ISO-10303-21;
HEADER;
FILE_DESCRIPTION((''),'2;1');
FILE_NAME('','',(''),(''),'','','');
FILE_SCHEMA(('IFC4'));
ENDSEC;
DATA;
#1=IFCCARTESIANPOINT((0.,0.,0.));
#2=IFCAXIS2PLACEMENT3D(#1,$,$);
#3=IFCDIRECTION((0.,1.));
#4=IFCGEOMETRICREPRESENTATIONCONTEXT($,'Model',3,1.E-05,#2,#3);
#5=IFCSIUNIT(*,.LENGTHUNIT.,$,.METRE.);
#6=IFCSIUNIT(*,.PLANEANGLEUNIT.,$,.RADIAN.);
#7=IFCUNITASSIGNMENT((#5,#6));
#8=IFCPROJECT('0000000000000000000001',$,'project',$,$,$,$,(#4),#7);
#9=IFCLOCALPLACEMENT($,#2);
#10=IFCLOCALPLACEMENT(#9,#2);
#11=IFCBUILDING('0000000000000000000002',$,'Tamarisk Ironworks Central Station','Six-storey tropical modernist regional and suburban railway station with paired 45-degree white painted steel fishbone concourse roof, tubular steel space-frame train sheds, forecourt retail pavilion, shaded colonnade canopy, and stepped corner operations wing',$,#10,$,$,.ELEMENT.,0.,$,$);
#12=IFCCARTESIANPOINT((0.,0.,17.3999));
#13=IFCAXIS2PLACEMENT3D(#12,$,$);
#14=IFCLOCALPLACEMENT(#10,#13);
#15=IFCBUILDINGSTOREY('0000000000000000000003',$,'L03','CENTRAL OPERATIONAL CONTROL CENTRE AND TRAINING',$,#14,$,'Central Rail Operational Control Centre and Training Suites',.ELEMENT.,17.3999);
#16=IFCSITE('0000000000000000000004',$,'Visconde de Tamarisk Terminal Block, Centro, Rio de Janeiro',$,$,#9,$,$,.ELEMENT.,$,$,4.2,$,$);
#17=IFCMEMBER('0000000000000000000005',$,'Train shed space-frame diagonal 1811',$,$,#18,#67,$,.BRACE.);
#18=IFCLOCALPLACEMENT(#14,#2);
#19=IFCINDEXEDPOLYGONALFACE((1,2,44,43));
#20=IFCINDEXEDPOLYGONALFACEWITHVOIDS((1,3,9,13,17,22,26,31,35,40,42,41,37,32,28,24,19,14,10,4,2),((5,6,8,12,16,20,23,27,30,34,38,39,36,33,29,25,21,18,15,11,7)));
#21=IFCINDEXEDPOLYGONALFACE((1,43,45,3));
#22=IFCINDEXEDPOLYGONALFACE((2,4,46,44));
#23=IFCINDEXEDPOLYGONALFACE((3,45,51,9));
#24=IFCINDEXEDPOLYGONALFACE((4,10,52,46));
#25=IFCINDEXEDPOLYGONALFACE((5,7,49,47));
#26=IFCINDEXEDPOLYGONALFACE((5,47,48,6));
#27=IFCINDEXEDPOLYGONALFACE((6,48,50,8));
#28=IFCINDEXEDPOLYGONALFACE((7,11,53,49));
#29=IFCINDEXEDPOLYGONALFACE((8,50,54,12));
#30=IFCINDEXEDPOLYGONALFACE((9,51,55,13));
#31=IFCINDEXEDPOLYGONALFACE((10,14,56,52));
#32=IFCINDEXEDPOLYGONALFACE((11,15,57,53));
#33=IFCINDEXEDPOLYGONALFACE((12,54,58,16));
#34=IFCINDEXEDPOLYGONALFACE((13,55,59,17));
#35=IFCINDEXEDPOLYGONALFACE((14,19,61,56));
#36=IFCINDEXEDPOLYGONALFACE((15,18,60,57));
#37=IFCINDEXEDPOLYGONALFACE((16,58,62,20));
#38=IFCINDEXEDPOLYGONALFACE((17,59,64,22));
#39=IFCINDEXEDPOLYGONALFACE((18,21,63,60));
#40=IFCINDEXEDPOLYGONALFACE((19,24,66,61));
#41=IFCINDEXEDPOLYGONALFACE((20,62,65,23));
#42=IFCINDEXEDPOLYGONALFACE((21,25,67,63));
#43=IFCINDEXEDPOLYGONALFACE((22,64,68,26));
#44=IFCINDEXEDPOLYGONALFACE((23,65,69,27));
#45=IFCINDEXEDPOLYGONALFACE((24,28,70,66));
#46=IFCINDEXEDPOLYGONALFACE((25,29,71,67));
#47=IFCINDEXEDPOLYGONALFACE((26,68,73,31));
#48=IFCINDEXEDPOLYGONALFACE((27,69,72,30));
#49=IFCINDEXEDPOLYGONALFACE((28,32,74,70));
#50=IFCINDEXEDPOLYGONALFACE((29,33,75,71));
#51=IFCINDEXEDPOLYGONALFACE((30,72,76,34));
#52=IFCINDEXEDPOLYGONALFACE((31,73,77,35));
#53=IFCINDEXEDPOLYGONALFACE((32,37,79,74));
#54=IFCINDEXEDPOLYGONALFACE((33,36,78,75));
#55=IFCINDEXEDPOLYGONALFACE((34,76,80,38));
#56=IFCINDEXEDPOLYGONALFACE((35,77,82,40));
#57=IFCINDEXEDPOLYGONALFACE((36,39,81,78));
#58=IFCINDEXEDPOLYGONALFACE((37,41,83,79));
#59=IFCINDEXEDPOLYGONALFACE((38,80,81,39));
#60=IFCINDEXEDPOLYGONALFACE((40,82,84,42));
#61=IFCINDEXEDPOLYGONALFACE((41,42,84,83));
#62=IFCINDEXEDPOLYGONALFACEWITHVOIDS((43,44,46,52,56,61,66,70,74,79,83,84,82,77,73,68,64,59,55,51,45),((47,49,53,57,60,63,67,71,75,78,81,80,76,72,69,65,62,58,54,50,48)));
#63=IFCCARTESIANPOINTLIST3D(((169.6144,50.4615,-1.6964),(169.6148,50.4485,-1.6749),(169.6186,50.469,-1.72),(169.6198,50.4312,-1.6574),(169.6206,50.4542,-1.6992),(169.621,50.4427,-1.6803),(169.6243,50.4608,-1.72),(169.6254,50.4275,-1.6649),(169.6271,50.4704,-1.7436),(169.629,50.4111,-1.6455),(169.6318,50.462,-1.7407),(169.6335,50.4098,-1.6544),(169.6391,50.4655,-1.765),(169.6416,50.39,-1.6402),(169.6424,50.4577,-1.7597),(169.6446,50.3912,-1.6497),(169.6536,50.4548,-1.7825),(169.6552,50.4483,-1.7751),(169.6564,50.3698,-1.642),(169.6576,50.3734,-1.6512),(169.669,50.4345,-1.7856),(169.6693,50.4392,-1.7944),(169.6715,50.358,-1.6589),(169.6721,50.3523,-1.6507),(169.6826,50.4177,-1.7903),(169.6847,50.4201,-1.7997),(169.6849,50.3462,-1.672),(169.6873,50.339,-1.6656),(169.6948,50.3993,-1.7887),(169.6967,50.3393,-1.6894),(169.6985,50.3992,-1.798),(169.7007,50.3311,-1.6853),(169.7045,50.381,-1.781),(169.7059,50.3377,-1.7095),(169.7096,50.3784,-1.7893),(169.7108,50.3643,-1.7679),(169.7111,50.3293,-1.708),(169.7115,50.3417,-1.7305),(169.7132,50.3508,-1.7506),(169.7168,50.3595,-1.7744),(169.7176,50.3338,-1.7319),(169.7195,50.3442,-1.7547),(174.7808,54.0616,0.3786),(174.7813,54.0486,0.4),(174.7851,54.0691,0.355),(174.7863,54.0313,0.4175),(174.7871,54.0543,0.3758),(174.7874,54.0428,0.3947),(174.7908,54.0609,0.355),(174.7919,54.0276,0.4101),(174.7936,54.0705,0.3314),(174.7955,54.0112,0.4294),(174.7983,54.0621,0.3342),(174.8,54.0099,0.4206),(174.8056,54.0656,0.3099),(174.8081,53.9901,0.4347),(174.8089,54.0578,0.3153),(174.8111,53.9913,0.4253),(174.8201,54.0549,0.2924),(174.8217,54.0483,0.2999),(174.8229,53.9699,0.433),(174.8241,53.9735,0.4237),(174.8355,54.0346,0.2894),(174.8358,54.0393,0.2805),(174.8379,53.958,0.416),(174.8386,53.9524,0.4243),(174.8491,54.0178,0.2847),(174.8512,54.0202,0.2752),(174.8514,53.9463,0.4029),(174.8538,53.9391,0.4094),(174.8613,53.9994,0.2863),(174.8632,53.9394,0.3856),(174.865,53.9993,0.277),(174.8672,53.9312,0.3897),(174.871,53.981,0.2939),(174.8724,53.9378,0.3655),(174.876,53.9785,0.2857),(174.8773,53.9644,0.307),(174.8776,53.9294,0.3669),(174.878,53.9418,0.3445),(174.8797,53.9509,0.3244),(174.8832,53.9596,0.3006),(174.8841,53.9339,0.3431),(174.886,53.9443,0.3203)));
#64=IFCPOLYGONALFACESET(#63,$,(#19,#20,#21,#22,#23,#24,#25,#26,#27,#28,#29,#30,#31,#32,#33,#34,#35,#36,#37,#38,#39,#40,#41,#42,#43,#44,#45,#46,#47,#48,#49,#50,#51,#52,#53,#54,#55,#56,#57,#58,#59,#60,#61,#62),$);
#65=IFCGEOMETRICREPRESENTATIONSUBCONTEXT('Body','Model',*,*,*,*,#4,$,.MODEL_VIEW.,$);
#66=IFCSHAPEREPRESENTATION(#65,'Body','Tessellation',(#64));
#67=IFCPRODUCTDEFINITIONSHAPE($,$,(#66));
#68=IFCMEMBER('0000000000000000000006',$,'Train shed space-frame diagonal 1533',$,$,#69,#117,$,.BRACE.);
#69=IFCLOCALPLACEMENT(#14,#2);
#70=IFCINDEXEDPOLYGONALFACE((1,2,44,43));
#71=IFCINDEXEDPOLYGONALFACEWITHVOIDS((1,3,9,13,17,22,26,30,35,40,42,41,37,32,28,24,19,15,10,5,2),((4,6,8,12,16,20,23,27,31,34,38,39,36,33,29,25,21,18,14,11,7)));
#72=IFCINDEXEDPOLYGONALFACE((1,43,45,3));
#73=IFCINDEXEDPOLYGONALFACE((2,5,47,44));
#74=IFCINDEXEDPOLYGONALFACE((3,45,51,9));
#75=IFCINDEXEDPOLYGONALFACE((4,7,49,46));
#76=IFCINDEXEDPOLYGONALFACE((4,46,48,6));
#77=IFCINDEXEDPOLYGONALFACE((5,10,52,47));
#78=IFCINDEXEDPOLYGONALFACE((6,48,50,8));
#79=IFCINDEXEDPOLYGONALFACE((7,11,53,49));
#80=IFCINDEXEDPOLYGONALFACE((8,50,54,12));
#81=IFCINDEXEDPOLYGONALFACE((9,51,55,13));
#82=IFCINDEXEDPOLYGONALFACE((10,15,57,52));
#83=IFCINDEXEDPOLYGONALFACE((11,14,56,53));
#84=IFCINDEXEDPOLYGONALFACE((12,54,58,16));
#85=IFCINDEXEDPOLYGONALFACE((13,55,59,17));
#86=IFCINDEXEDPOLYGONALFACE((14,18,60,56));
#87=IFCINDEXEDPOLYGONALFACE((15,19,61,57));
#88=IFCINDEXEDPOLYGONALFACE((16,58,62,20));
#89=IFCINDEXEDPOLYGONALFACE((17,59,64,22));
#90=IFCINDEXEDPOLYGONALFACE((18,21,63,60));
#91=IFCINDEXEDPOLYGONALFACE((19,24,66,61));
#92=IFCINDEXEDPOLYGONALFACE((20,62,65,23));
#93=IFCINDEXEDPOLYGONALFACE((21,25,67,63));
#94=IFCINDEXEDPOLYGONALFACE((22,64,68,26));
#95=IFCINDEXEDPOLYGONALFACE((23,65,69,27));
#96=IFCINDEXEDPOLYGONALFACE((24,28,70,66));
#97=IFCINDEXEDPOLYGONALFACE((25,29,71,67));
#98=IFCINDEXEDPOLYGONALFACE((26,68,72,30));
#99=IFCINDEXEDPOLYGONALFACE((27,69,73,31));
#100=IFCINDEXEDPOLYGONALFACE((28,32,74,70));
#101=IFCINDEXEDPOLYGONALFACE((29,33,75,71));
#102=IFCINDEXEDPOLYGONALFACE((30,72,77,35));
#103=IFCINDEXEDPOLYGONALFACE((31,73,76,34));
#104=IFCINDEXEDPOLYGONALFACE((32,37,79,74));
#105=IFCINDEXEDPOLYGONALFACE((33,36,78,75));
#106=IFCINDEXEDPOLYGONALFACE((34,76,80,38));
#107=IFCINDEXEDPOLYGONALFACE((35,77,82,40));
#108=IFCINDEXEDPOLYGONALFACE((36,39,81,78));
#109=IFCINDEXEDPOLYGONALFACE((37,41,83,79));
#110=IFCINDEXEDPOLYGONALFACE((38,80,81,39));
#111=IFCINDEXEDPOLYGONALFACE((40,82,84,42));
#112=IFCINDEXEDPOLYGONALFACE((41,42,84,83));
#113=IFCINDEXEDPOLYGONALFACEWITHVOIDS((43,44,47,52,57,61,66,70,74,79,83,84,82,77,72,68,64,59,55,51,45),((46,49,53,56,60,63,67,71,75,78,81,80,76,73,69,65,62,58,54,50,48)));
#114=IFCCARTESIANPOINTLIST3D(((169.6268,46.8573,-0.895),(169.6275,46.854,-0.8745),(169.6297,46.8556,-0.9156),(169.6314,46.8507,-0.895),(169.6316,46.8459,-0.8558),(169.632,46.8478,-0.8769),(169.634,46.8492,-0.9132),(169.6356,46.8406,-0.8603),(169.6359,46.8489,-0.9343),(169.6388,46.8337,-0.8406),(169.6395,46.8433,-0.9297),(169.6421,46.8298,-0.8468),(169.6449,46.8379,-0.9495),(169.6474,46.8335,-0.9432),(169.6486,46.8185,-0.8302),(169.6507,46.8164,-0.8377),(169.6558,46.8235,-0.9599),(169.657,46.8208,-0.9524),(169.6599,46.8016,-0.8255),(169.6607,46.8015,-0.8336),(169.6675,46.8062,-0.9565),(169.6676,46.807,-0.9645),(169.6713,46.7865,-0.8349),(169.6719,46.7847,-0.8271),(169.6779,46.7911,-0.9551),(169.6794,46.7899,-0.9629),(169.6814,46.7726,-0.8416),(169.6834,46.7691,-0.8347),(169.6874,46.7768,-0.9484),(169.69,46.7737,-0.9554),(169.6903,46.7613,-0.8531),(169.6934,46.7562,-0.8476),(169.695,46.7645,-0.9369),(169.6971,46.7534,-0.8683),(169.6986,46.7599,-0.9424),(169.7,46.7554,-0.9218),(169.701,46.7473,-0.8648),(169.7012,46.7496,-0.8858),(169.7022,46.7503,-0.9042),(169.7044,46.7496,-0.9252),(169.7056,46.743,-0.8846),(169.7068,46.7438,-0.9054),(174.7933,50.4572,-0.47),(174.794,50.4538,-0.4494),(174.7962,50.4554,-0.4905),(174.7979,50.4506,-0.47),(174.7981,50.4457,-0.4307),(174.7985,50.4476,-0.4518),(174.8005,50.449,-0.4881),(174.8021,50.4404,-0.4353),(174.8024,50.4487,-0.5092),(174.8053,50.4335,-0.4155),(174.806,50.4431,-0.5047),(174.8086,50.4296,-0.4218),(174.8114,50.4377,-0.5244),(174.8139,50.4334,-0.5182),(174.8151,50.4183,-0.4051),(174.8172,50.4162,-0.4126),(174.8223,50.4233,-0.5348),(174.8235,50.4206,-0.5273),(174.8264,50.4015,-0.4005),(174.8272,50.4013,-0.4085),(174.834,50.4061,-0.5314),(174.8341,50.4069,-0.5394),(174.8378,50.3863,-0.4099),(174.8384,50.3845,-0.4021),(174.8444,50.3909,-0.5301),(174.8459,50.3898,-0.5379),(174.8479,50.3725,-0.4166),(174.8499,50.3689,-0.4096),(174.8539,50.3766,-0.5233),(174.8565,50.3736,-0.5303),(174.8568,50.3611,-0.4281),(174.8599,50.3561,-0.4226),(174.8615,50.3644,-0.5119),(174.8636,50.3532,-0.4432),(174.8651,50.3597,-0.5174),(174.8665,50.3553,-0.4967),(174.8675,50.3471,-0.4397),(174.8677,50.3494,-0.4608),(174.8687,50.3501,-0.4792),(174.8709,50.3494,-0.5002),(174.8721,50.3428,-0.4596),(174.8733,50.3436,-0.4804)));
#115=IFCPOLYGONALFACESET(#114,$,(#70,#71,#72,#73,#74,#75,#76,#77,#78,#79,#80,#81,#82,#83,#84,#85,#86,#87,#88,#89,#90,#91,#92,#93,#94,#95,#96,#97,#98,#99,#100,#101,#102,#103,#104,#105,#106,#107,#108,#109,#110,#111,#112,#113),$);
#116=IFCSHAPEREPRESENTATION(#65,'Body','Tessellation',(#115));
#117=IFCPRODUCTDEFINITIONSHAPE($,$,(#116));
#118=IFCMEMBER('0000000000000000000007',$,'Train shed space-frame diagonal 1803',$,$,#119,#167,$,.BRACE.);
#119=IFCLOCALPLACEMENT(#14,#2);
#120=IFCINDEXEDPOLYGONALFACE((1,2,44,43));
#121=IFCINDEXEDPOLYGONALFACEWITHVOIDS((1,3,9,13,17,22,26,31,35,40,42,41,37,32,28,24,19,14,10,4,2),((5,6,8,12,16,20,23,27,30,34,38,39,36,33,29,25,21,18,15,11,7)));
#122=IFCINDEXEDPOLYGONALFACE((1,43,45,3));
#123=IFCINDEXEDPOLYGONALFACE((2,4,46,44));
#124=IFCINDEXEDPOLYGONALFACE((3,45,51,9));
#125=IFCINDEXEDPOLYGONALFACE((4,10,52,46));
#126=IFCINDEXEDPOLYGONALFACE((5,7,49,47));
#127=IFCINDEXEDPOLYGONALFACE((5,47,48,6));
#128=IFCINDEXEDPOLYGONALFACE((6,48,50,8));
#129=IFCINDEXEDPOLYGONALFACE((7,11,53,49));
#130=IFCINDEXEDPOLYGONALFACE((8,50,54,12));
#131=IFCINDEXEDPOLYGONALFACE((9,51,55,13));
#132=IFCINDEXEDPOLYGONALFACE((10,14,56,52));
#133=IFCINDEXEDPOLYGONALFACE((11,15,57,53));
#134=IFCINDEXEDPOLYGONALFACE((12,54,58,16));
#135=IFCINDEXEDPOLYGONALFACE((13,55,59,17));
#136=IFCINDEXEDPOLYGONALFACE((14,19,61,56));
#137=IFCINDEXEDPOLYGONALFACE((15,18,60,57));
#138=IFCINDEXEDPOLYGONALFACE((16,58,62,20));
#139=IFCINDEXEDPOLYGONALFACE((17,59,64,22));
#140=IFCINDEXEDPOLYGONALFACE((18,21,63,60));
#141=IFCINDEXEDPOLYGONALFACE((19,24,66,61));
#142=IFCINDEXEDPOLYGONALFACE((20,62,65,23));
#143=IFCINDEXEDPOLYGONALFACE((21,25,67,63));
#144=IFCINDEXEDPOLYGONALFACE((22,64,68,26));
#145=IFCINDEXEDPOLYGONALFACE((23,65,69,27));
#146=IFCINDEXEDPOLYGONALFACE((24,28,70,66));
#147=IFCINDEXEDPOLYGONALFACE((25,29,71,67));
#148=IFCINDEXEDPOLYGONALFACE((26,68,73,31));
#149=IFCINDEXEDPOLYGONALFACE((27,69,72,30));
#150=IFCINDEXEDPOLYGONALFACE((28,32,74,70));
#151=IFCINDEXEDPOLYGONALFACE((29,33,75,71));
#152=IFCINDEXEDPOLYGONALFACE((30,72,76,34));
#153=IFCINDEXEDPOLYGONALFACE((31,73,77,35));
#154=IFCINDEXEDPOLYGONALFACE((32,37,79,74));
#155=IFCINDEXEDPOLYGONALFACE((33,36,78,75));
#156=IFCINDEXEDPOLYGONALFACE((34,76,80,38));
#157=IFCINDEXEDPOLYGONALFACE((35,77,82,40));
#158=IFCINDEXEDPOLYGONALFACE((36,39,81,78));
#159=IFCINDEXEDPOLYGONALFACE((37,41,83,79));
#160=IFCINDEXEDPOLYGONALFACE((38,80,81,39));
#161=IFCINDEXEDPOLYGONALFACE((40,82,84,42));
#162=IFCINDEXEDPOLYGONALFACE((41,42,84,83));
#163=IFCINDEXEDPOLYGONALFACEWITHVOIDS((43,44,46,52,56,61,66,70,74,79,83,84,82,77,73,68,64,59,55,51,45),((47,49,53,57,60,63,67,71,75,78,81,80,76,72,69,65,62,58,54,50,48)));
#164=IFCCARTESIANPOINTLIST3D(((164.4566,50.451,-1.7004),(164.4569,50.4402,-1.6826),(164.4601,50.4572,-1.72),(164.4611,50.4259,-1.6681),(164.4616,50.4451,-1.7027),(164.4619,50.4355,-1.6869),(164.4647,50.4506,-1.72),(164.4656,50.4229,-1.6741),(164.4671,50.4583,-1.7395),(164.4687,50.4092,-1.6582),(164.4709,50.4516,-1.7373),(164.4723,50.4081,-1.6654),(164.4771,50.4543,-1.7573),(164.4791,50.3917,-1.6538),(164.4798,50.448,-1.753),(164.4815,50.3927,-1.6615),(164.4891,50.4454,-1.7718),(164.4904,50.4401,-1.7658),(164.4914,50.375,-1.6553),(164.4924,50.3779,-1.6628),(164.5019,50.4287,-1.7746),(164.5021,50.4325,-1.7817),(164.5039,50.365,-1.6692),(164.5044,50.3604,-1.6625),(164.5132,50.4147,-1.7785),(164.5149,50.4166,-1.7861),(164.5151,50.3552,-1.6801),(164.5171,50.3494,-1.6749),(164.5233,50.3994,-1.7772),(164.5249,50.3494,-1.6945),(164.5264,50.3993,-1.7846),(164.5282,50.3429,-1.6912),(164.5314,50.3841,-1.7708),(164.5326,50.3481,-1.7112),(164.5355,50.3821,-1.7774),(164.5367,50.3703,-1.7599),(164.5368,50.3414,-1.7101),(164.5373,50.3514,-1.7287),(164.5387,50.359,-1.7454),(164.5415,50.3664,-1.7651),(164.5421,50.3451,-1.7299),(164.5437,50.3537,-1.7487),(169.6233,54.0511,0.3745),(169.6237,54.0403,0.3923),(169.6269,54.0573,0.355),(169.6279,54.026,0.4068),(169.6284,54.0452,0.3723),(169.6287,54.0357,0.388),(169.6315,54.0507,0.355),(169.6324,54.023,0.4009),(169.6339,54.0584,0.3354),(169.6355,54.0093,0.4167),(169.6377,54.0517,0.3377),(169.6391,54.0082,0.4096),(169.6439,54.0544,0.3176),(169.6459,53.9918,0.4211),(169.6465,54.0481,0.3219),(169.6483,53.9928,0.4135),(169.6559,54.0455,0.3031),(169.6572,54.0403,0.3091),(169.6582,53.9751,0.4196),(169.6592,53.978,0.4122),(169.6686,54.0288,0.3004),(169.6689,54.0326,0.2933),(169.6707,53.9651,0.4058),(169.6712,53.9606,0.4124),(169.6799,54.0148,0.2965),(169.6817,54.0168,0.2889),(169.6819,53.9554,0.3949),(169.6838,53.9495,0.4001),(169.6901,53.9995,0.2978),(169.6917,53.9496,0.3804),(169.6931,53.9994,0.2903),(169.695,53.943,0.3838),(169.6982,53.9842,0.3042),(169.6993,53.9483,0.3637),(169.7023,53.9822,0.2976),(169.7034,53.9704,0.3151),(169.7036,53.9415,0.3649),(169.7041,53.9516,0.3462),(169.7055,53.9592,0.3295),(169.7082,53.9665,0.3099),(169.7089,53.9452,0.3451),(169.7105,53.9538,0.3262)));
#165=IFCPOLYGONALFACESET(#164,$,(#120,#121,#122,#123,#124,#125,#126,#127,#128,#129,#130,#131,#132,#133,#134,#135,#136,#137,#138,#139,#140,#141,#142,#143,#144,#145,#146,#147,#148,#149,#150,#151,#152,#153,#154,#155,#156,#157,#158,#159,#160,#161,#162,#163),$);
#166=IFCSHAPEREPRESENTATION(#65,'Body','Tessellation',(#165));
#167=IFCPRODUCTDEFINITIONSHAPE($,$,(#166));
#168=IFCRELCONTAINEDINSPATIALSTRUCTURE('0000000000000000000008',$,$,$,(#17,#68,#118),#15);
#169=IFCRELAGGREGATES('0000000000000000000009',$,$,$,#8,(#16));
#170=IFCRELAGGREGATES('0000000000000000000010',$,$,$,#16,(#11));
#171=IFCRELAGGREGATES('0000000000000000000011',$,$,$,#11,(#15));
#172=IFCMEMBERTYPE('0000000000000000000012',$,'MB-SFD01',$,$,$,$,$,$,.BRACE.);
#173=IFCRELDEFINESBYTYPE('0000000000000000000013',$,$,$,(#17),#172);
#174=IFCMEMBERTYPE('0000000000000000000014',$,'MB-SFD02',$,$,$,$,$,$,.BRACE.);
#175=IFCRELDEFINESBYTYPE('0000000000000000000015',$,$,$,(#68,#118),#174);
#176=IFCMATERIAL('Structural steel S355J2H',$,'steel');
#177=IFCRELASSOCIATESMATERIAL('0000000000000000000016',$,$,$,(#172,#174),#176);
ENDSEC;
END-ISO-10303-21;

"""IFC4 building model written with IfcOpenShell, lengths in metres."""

from ifc_helpers import new_model, si_unit, direction, frame, origin, origin_2d, place, context, subcontext, project, spatial, hollow_circle, extrude, material, material_profile, profile_set, type_object, element, save


model = new_model("IFC4")

# Units and contexts
model_context = context("Model", 3, precision=1e-05, world=origin(), true_north=direction((0.0, 1.0)))
body_context = subcontext(model_context, "Body", "Model", "MODEL_VIEW")
ifc_project = project(units=[si_unit("LENGTHUNIT", "METRE"), si_unit("PLANEANGLEUNIT", "RADIAN")], contexts=[model_context])

# Site, building, storey
site_placement = place(None, origin())
site = spatial("IfcSite", under=ifc_project, at=site_placement, Name="Visconde de Tamarisk Terminal Block, Centro, Rio de Janeiro", CompositionType="ELEMENT", RefElevation=4.2)
building_placement = place(site_placement, origin())
building = spatial("IfcBuilding", under=site, at=building_placement, Name="Tamarisk Ironworks Central Station", Description="Six-storey tropical modernist regional and suburban railway station with paired 45-degree white painted steel fishbone concourse roof, tubular steel space-frame train sheds, forecourt retail pavilion, shaded colonnade canopy, and stepped corner operations wing", CompositionType="ELEMENT", ElevationOfRefHeight=0.0)
storey_placement = place(building_placement, frame((0.0, 0.0, 17.3999)))
storey = spatial("IfcBuildingStorey", under=building, at=storey_placement, Name="L03", Description="CENTRAL OPERATIONAL CONTROL CENTRE AND TRAINING", LongName="Central Rail Operational Control Centre and Training Suites", CompositionType="ELEMENT", Elevation=17.3999)

# Members
ifc_material_1 = material(Name="Structural steel S355J2H", Category="steel")
ifc_material_profile_1 = material_profile(ifc_material_1, hollow_circle(Radius=0.0842, WallThickness=0.01, at=origin_2d()), Name="CHS 168.3x10")
ifc_profile_set_1 = profile_set([ifc_material_profile_1], Name="Structural steel S355J2H")
member_type_1 = type_object("IfcMemberType", Name="MB-SFD01", PredefinedType="BRACE", material=ifc_profile_set_1)
member_1_placement = place(storey_placement, frame((169.6667, 50.3999, -1.72), z_axis=(0.779244, 0.542989, 0.312957), x_axis=(-0.571707, 0.820458, 0.0)))
element("IfcMember", 1, at=member_1_placement, inside=storey, type_object=member_type_1, Name="Train shed space-frame diagonal 1811", PredefinedType="BRACE", context=body_context, shape_type="SweptSolid", body=[
    extrude(hollow_circle(Radius=0.0842, WallThickness=0.01, at=origin_2d()), origin(), (0.0, 0.0, 1.0), 6.6301),
])
ifc_material_profile_2 = material_profile(ifc_material_1, hollow_circle(Radius=0.0698, WallThickness=0.0081, at=origin_2d()), Name="CHS 139.7x8")
ifc_profile_set_2 = profile_set([ifc_material_profile_2], Name="Structural steel S355J2H")
member_type_2 = type_object("IfcMemberType", Name="MB-SFD02", PredefinedType="BRACE", material=ifc_profile_set_2)
member_2_placement = place(storey_placement, frame((169.6667, 46.8, -0.895), z_axis=(0.818613, 0.570383, 0.067347), x_axis=(-0.571681, 0.820476, 0.0)))
element("IfcMember", 2, at=member_2_placement, inside=storey, type_object=member_type_2, Name="Train shed space-frame diagonal 1533", PredefinedType="BRACE", context=body_context, shape_type="SweptSolid", body=[
    extrude(hollow_circle(Radius=0.0698, WallThickness=0.0081, at=origin_2d()), origin(), (0.0, 0.0, 1.0), 6.3113),
])
member_3_placement = place(storey_placement, frame((164.5, 50.3999, -1.72), z_axis=(0.779258, 0.542973, 0.312948), x_axis=(-0.571689, 0.82047, 0.0)))
element("IfcMember", 3, at=member_3_placement, inside=storey, type_object=member_type_2, Name="Train shed space-frame diagonal 1803", PredefinedType="BRACE", context=body_context, shape_type="SweptSolid", body=[
    extrude(hollow_circle(Radius=0.0698, WallThickness=0.0081, at=origin_2d()), origin(), (0.0, 0.0, 1.0), 6.6304),
])

save(model, "model.ifc")
